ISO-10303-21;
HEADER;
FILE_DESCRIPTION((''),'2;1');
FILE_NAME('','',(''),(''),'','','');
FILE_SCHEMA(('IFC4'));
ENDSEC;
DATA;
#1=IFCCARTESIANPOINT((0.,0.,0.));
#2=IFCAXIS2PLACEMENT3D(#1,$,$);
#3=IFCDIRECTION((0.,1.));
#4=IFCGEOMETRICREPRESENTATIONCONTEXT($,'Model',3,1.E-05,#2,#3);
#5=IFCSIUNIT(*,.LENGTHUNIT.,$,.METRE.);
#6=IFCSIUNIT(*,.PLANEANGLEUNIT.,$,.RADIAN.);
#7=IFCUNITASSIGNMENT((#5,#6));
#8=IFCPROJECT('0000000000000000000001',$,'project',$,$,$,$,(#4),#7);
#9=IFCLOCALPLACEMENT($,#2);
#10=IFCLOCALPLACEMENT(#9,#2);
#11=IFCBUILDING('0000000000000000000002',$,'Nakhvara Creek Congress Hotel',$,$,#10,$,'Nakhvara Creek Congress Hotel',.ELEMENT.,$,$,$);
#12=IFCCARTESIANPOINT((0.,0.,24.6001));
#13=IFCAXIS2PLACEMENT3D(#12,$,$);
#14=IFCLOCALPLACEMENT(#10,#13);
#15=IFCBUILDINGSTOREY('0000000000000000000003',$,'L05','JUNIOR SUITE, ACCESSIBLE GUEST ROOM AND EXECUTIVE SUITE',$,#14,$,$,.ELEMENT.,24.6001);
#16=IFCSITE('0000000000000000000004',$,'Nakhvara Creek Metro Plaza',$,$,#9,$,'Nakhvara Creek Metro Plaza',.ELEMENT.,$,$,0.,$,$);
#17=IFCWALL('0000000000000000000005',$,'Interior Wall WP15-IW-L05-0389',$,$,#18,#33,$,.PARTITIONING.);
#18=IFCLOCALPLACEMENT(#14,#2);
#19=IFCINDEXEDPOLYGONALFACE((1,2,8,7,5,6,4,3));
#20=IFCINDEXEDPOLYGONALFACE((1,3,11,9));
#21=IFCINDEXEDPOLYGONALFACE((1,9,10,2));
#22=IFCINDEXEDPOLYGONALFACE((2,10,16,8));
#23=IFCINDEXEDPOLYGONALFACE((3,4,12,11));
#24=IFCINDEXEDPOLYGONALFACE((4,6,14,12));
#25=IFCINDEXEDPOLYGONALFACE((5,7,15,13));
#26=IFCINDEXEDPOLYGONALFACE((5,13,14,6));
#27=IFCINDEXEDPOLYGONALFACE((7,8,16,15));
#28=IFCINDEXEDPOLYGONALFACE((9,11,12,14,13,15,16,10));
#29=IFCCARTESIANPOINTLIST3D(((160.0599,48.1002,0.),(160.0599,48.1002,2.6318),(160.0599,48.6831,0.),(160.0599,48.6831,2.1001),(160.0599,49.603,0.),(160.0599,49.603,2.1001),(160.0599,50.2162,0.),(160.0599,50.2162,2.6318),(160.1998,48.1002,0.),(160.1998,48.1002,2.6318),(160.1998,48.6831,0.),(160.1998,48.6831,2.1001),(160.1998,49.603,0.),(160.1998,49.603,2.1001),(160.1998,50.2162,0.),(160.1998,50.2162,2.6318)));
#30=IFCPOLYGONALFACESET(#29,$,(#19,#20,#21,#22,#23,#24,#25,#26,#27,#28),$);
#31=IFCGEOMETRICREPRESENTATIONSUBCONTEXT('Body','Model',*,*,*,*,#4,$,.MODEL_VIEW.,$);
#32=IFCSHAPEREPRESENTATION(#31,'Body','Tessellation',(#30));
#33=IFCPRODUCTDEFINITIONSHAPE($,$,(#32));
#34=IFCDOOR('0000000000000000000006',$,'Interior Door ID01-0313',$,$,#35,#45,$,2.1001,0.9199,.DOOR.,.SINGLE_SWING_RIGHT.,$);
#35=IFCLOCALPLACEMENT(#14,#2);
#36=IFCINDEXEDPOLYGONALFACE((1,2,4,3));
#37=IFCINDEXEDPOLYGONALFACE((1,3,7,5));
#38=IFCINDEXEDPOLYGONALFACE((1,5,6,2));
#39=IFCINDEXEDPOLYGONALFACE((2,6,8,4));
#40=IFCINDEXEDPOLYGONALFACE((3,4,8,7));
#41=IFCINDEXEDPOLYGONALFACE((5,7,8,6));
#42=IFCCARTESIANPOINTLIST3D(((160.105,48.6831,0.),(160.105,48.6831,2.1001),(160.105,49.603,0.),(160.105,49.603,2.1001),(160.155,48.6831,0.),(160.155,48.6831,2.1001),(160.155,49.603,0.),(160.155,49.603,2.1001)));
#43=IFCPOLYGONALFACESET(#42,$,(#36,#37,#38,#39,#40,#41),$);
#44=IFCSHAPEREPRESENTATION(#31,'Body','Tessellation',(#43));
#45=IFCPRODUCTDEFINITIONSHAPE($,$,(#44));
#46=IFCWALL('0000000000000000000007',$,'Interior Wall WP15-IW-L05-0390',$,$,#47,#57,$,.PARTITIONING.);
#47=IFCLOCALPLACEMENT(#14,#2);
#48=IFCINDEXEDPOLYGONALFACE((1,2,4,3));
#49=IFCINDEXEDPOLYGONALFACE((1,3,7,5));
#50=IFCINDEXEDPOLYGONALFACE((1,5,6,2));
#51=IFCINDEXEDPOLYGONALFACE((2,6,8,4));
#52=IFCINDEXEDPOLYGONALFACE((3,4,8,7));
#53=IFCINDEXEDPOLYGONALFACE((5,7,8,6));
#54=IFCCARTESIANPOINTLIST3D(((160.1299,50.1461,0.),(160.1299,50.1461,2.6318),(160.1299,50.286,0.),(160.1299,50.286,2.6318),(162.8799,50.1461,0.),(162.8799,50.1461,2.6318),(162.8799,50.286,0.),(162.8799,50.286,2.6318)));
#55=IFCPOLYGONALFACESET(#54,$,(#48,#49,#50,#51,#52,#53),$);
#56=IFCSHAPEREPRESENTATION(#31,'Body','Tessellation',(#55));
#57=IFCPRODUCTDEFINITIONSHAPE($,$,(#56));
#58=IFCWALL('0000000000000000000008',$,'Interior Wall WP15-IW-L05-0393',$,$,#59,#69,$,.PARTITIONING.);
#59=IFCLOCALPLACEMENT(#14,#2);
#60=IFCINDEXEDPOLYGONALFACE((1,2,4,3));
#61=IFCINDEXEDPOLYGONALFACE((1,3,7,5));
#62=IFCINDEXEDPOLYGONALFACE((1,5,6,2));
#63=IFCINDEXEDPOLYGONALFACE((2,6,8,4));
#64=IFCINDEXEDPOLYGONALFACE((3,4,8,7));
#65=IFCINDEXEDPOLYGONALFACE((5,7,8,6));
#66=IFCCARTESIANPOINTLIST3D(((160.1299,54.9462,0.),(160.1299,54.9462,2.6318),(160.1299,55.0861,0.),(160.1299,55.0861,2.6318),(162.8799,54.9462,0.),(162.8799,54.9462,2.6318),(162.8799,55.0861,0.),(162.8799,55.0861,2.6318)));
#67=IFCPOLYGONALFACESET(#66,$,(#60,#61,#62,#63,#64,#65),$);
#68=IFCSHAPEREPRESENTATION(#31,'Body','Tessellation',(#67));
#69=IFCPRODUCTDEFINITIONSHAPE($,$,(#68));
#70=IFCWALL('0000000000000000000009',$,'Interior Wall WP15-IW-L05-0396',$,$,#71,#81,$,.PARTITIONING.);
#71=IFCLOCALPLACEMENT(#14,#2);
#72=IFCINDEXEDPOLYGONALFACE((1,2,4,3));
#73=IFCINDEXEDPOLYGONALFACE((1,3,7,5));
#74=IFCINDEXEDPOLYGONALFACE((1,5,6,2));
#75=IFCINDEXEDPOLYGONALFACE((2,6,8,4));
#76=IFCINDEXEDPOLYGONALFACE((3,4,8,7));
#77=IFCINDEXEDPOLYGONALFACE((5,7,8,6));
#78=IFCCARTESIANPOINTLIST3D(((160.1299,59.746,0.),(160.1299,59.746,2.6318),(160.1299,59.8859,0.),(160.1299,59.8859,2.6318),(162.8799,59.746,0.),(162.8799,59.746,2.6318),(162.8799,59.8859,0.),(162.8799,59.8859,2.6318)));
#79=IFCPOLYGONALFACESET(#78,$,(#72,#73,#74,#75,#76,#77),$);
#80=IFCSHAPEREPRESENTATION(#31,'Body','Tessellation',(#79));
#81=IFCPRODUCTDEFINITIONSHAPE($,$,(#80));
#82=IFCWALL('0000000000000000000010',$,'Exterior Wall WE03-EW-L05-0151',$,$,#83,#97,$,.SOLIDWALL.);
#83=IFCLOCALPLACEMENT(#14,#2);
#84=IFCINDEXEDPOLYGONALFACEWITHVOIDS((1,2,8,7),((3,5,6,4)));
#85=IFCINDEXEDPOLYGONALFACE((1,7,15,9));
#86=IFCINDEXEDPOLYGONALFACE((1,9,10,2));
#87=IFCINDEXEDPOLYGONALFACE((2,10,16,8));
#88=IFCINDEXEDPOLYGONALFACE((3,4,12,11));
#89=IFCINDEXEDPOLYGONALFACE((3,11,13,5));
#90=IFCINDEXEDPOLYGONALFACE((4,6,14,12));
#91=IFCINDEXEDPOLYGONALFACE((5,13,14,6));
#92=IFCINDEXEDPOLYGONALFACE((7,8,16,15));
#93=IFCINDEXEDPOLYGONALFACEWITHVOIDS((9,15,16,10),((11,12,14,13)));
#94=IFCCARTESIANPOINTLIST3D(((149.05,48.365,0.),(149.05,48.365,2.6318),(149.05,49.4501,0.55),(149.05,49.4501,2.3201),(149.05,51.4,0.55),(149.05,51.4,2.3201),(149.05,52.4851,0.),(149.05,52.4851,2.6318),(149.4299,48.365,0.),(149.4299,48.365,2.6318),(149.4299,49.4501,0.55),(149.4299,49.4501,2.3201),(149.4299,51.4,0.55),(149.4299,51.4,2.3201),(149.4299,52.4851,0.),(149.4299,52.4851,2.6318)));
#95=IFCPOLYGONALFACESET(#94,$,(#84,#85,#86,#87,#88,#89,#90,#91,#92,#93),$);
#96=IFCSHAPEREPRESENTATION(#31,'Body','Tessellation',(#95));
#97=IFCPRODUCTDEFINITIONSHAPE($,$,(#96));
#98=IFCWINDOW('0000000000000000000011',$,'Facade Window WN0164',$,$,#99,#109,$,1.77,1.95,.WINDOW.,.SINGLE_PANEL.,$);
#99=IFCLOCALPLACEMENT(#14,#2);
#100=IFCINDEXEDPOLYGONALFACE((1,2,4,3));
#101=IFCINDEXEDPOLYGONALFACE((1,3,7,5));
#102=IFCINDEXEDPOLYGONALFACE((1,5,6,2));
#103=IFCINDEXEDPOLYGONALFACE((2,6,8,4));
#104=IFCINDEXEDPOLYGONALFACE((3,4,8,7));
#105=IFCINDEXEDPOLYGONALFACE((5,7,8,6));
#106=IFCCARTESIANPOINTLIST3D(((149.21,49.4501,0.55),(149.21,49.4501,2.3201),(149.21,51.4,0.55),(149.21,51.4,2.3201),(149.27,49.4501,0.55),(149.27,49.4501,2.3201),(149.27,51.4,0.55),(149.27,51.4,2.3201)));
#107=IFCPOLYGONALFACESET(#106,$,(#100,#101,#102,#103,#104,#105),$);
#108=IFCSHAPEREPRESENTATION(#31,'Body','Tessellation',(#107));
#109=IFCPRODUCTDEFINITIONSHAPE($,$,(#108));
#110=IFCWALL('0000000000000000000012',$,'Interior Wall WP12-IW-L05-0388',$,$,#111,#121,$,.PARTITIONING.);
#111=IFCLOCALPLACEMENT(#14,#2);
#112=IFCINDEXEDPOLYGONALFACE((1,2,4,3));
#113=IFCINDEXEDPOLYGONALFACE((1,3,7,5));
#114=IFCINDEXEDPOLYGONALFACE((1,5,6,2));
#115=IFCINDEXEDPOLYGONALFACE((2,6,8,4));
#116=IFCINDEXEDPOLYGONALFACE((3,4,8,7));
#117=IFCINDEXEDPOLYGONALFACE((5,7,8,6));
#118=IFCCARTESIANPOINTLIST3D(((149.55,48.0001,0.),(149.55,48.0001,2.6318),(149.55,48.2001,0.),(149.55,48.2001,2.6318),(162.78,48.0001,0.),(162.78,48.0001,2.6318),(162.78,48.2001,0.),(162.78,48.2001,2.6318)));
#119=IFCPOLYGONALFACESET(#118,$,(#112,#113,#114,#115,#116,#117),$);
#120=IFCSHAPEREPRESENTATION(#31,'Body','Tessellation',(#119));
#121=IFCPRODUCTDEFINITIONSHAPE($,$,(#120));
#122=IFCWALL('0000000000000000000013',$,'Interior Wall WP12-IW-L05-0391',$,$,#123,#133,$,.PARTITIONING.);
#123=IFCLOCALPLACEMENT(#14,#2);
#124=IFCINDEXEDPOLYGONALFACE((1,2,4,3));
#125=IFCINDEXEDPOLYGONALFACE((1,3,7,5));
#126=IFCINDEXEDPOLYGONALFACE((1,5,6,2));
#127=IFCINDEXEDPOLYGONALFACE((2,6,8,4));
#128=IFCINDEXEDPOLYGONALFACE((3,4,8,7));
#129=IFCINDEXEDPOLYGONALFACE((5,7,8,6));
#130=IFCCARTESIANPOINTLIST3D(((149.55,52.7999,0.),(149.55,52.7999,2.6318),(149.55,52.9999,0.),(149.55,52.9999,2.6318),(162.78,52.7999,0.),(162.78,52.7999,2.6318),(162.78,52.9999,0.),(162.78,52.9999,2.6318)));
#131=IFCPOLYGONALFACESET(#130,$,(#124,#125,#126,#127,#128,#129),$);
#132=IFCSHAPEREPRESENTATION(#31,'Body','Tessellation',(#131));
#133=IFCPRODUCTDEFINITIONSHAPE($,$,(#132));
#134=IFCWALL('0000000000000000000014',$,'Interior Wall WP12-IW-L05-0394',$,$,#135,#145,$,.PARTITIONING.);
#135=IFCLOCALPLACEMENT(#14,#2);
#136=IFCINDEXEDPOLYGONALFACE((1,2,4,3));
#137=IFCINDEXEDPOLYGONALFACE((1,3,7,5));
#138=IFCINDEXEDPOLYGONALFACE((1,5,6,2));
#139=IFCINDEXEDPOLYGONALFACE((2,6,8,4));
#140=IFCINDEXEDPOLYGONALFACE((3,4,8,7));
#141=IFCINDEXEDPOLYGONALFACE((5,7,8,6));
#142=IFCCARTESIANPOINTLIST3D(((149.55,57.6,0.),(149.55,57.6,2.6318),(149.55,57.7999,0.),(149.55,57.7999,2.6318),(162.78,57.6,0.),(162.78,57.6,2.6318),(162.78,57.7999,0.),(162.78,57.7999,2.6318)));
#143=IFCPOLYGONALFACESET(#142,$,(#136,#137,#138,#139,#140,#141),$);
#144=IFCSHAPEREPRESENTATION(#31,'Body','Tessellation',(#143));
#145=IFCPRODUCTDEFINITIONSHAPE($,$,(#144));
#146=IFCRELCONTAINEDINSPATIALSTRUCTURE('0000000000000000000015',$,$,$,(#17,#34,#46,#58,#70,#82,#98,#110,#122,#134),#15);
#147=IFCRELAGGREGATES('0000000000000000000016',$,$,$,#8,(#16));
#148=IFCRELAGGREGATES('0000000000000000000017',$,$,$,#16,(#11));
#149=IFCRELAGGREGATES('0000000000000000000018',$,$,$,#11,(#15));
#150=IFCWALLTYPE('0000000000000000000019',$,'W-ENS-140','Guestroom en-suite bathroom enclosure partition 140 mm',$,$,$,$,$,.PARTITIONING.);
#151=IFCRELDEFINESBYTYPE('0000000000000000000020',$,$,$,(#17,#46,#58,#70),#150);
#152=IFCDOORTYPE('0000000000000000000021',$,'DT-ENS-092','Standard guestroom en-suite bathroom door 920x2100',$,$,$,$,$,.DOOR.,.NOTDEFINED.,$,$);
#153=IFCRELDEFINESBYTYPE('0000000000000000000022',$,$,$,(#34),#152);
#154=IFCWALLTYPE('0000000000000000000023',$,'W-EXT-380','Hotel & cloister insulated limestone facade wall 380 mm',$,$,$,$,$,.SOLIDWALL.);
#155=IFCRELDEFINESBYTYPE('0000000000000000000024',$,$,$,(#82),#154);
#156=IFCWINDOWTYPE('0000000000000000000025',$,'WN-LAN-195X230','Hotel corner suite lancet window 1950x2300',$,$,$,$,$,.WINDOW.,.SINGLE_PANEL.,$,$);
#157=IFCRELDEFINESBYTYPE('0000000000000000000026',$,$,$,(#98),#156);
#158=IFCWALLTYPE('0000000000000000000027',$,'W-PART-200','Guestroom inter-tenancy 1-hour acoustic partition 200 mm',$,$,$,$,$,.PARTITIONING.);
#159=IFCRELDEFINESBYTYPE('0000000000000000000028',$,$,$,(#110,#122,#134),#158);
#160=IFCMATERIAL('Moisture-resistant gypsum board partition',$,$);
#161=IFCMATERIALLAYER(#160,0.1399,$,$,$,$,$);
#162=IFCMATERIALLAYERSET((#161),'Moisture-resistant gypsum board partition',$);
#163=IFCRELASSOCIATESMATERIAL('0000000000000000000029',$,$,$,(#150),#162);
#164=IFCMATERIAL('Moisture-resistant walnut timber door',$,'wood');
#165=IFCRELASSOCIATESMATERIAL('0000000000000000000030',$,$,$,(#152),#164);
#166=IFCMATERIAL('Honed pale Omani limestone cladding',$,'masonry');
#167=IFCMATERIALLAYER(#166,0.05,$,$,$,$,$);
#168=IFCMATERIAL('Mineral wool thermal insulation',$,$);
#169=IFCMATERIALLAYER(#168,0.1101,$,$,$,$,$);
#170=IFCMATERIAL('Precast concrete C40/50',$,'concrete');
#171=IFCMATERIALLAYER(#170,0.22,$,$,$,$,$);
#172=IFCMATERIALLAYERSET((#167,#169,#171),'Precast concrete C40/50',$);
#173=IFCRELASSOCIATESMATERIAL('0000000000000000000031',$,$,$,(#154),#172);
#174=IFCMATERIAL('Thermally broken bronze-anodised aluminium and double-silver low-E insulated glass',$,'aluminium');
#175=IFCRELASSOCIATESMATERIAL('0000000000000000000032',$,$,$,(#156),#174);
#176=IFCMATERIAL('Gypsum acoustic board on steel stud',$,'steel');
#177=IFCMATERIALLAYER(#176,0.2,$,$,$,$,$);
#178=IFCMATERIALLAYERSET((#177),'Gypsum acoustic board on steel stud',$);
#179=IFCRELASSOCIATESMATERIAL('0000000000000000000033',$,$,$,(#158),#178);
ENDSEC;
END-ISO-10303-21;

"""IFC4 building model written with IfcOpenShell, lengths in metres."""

from ifc_helpers import new_model, si_unit, direction, frame, frame_2d, origin, place, context, subcontext, project, spatial, rectangle, extrude, material, layer, layer_set, type_object, element, fill, save


model = new_model("IFC4")

# Units and contexts
model_context = context("Model", 3, precision=1e-05, world=origin(), true_north=direction((0.0, 1.0)))
body_context = subcontext(model_context, "Body", "Model", "MODEL_VIEW")
ifc_project = project(units=[si_unit("LENGTHUNIT", "METRE"), si_unit("PLANEANGLEUNIT", "RADIAN")], contexts=[model_context])

# Site, building, storey
site_placement = place(None, origin())
site = spatial("IfcSite", under=ifc_project, at=site_placement, Name="Nakhvara Creek Metro Plaza", LongName="Nakhvara Creek Metro Plaza", CompositionType="ELEMENT", RefElevation=0.0)
building_placement = place(site_placement, origin())
building = spatial("IfcBuilding", under=site, at=building_placement, Name="Nakhvara Creek Congress Hotel", LongName="Nakhvara Creek Congress Hotel", CompositionType="ELEMENT")
storey_placement = place(building_placement, frame((0.0, 0.0, 24.6001)))
storey = spatial("IfcBuildingStorey", under=building, at=storey_placement, Name="L05", Description="JUNIOR SUITE, ACCESSIBLE GUEST ROOM AND EXECUTIVE SUITE", CompositionType="ELEMENT", Elevation=24.6001)

# Wall, opening, door
ifc_material_1 = material(Name="Moisture-resistant gypsum board partition")
ifc_layer_1 = layer(ifc_material_1, 0.1399)
ifc_layer_set_1 = layer_set([ifc_layer_1], Name="Moisture-resistant gypsum board partition")
wall_type_1 = type_object("IfcWallType", Name="W-ENS-140", Description="Guestroom en-suite bathroom enclosure partition 140 mm", PredefinedType="PARTITIONING", material=ifc_layer_set_1)
wall_1_placement = place(storey_placement, frame((160.1299, 48.1001, 0.0), z_axis=(0.0, 0.0, 1.0), x_axis=(0.0, 1.0, 0.0)))
wall_1 = element("IfcWall", 1, at=wall_1_placement, inside=storey, type_object=wall_type_1, Name="Interior Wall WP15-IW-L05-0389", PredefinedType="PARTITIONING", context=body_context, shape_type="SweptSolid", body=[
    extrude(rectangle(XDim=2.116, YDim=0.1399, at=frame_2d((1.0581, 0.0))), origin(), (0.0, 0.0, 1.0), 2.6318),
])
opening_1_placement = place(wall_1_placement, frame((0.583, 0.0, 0.0)))
opening_1 = element("IfcOpeningElement", 2, at=opening_1_placement, cuts=wall_1, PredefinedType="OPENING", context=body_context, shape_type="SweptSolid", body=[
    extrude(rectangle(XDim=0.9199, YDim=2.1001, at=frame_2d((0.46, 1.05))), frame((0.0, 0.082, 0.0), z_axis=(0.0, -1.0, 0.0), x_axis=(1.0, 0.0, 0.0)), (0.0, 0.0, 1.0), 0.1638),
])
ifc_material_2 = material(Name="Moisture-resistant walnut timber door", Category="wood")
door_type_1 = type_object("IfcDoorType", Name="DT-ENS-092", Description="Standard guestroom en-suite bathroom door 920x2100", OperationType="NOTDEFINED", PredefinedType="DOOR", material=ifc_material_2)
door_1_placement = place(opening_1_placement, origin())
door_1 = element("IfcDoor", 3, at=door_1_placement, inside=storey, type_object=door_type_1, Name="Interior Door ID01-0313", OperationType="SINGLE_SWING_RIGHT", OverallHeight=2.1001, OverallWidth=0.9199, PredefinedType="DOOR", context=body_context, shape_type="SweptSolid", body=[
    extrude(rectangle(XDim=0.9199, YDim=2.1001, at=frame_2d((0.46, 1.05))), frame((0.0, 0.0249, 0.0), z_axis=(0.0, -1.0, 0.0), x_axis=(1.0, 0.0, 0.0)), (0.0, 0.0, 1.0), 0.05),
])
fill(opening_1, door_1)

# Wall
wall_2_placement = place(storey_placement, frame((160.1299, 50.2161, 0.0), z_axis=(0.0, 0.0, 1.0), x_axis=(1.0, 0.0, 0.0)))
element("IfcWall", 4, at=wall_2_placement, inside=storey, type_object=wall_type_1, Name="Interior Wall WP15-IW-L05-0390", PredefinedType="PARTITIONING", context=body_context, shape_type="SweptSolid", body=[
    extrude(rectangle(XDim=2.75, YDim=0.1399, at=frame_2d((1.375, 0.0))), origin(), (0.0, 0.0, 1.0), 2.6318),
])

# Wall
wall_3_placement = place(storey_placement, frame((160.1299, 55.0161, 0.0), z_axis=(0.0, 0.0, 1.0), x_axis=(1.0, 0.0, 0.0)))
element("IfcWall", 5, at=wall_3_placement, inside=storey, type_object=wall_type_1, Name="Interior Wall WP15-IW-L05-0393", PredefinedType="PARTITIONING", context=body_context, shape_type="SweptSolid", body=[
    extrude(rectangle(XDim=2.75, YDim=0.1399, at=frame_2d((1.375, 0.0))), origin(), (0.0, 0.0, 1.0), 2.6318),
])

# Wall
wall_4_placement = place(storey_placement, frame((160.1299, 59.8159, 0.0), z_axis=(0.0, 0.0, 1.0), x_axis=(1.0, 0.0, 0.0)))
element("IfcWall", 6, at=wall_4_placement, inside=storey, type_object=wall_type_1, Name="Interior Wall WP15-IW-L05-0396", PredefinedType="PARTITIONING", context=body_context, shape_type="SweptSolid", body=[
    extrude(rectangle(XDim=2.75, YDim=0.1399, at=frame_2d((1.375, 0.0))), origin(), (0.0, 0.0, 1.0), 2.6318),
])

# Wall, opening, window
ifc_material_3 = material(Name="Honed pale Omani limestone cladding", Category="masonry")
ifc_layer_2 = layer(ifc_material_3, 0.05)
ifc_material_4 = material(Name="Mineral wool thermal insulation")
ifc_layer_3 = layer(ifc_material_4, 0.1101)
ifc_material_5 = material(Name="Precast concrete C40/50", Category="concrete")
ifc_layer_4 = layer(ifc_material_5, 0.22)
ifc_layer_set_2 = layer_set([ifc_layer_2, ifc_layer_3, ifc_layer_4], Name="Precast concrete C40/50")
wall_type_2 = type_object("IfcWallType", Name="W-EXT-380", Description="Hotel & cloister insulated limestone facade wall 380 mm", PredefinedType="SOLIDWALL", material=ifc_layer_set_2)
wall_5_placement = place(storey_placement, frame((149.24, 48.365, 0.0), z_axis=(0.0, 0.0, 1.0), x_axis=(0.0, 1.0, 0.0)))
wall_5 = element("IfcWall", 7, at=wall_5_placement, inside=storey, type_object=wall_type_2, Name="Exterior Wall WE03-EW-L05-0151", PredefinedType="SOLIDWALL", context=body_context, shape_type="SweptSolid", body=[
    extrude(rectangle(XDim=4.1201, YDim=0.3799, at=frame_2d((2.0601, 0.0))), origin(), (0.0, 0.0, 1.0), 2.6318),
])
opening_2_placement = place(wall_5_placement, frame((1.085, 0.0, 0.55)))
opening_2 = element("IfcOpeningElement", 8, at=opening_2_placement, cuts=wall_5, PredefinedType="OPENING", context=body_context, shape_type="SweptSolid", body=[
    extrude(rectangle(XDim=1.95, YDim=1.77, at=frame_2d((0.9751, 0.885))), frame((0.0, 0.2019, 0.0), z_axis=(0.0, -1.0, 0.0), x_axis=(1.0, 0.0, 0.0)), (0.0, 0.0, 1.0), 0.4038),
])
ifc_material_6 = material(Name="Thermally broken bronze-anodised aluminium and double-silver low-E insulated glass", Category="aluminium")
window_type = type_object("IfcWindowType", Name="WN-LAN-195X230", Description="Hotel corner suite lancet window 1950x2300", PartitioningType="SINGLE_PANEL", PredefinedType="WINDOW", material=ifc_material_6)
window_placement = place(opening_2_placement, origin())
window = element("IfcWindow", 9, at=window_placement, inside=storey, type_object=window_type, Name="Facade Window WN0164", OverallHeight=1.77, OverallWidth=1.95, PartitioningType="SINGLE_PANEL", PredefinedType="WINDOW", context=body_context, shape_type="SweptSolid", body=[
    extrude(rectangle(XDim=1.95, YDim=1.77, at=frame_2d((0.9751, 0.885))), frame((0.0, 0.03, 0.0), z_axis=(0.0, -1.0, 0.0), x_axis=(1.0, 0.0, 0.0)), (0.0, 0.0, 1.0), 0.0601),
])
fill(opening_2, window)

# Walls
ifc_material_7 = material(Name="Gypsum acoustic board on steel stud", Category="steel")
ifc_layer_5 = layer(ifc_material_7, 0.2)
ifc_layer_set_3 = layer_set([ifc_layer_5], Name="Gypsum acoustic board on steel stud")
wall_type_3 = type_object("IfcWallType", Name="W-PART-200", Description="Guestroom inter-tenancy 1-hour acoustic partition 200 mm", PredefinedType="PARTITIONING", material=ifc_layer_set_3)
for number, where, z_axis, x_axis, name in (
    (10, (149.55, 48.1001, 0.0), (0.0, 0.0, 1.0), (1.0, 0.0, 0.0), "Interior Wall WP12-IW-L05-0388"),
    (11, (149.55, 52.8999, 0.0), (0.0, 0.0, 1.0), (1.0, 0.0, 0.0), "Interior Wall WP12-IW-L05-0391"),
    (12, (149.55, 57.7, 0.0), (0.0, 0.0, 1.0), (1.0, 0.0, 0.0), "Interior Wall WP12-IW-L05-0394"),
):
    element("IfcWall", number, at=place(storey_placement, frame(where, z_axis=z_axis, x_axis=x_axis)), inside=storey, type_object=wall_type_3, Name=name, PredefinedType="PARTITIONING", context=body_context, shape_type="SweptSolid", body=[
        extrude(rectangle(XDim=13.23, YDim=0.2, at=frame_2d((6.615, 0.0))), origin(), (0.0, 0.0, 1.0), 2.6318),
    ])

save(model, "model.ifc")
